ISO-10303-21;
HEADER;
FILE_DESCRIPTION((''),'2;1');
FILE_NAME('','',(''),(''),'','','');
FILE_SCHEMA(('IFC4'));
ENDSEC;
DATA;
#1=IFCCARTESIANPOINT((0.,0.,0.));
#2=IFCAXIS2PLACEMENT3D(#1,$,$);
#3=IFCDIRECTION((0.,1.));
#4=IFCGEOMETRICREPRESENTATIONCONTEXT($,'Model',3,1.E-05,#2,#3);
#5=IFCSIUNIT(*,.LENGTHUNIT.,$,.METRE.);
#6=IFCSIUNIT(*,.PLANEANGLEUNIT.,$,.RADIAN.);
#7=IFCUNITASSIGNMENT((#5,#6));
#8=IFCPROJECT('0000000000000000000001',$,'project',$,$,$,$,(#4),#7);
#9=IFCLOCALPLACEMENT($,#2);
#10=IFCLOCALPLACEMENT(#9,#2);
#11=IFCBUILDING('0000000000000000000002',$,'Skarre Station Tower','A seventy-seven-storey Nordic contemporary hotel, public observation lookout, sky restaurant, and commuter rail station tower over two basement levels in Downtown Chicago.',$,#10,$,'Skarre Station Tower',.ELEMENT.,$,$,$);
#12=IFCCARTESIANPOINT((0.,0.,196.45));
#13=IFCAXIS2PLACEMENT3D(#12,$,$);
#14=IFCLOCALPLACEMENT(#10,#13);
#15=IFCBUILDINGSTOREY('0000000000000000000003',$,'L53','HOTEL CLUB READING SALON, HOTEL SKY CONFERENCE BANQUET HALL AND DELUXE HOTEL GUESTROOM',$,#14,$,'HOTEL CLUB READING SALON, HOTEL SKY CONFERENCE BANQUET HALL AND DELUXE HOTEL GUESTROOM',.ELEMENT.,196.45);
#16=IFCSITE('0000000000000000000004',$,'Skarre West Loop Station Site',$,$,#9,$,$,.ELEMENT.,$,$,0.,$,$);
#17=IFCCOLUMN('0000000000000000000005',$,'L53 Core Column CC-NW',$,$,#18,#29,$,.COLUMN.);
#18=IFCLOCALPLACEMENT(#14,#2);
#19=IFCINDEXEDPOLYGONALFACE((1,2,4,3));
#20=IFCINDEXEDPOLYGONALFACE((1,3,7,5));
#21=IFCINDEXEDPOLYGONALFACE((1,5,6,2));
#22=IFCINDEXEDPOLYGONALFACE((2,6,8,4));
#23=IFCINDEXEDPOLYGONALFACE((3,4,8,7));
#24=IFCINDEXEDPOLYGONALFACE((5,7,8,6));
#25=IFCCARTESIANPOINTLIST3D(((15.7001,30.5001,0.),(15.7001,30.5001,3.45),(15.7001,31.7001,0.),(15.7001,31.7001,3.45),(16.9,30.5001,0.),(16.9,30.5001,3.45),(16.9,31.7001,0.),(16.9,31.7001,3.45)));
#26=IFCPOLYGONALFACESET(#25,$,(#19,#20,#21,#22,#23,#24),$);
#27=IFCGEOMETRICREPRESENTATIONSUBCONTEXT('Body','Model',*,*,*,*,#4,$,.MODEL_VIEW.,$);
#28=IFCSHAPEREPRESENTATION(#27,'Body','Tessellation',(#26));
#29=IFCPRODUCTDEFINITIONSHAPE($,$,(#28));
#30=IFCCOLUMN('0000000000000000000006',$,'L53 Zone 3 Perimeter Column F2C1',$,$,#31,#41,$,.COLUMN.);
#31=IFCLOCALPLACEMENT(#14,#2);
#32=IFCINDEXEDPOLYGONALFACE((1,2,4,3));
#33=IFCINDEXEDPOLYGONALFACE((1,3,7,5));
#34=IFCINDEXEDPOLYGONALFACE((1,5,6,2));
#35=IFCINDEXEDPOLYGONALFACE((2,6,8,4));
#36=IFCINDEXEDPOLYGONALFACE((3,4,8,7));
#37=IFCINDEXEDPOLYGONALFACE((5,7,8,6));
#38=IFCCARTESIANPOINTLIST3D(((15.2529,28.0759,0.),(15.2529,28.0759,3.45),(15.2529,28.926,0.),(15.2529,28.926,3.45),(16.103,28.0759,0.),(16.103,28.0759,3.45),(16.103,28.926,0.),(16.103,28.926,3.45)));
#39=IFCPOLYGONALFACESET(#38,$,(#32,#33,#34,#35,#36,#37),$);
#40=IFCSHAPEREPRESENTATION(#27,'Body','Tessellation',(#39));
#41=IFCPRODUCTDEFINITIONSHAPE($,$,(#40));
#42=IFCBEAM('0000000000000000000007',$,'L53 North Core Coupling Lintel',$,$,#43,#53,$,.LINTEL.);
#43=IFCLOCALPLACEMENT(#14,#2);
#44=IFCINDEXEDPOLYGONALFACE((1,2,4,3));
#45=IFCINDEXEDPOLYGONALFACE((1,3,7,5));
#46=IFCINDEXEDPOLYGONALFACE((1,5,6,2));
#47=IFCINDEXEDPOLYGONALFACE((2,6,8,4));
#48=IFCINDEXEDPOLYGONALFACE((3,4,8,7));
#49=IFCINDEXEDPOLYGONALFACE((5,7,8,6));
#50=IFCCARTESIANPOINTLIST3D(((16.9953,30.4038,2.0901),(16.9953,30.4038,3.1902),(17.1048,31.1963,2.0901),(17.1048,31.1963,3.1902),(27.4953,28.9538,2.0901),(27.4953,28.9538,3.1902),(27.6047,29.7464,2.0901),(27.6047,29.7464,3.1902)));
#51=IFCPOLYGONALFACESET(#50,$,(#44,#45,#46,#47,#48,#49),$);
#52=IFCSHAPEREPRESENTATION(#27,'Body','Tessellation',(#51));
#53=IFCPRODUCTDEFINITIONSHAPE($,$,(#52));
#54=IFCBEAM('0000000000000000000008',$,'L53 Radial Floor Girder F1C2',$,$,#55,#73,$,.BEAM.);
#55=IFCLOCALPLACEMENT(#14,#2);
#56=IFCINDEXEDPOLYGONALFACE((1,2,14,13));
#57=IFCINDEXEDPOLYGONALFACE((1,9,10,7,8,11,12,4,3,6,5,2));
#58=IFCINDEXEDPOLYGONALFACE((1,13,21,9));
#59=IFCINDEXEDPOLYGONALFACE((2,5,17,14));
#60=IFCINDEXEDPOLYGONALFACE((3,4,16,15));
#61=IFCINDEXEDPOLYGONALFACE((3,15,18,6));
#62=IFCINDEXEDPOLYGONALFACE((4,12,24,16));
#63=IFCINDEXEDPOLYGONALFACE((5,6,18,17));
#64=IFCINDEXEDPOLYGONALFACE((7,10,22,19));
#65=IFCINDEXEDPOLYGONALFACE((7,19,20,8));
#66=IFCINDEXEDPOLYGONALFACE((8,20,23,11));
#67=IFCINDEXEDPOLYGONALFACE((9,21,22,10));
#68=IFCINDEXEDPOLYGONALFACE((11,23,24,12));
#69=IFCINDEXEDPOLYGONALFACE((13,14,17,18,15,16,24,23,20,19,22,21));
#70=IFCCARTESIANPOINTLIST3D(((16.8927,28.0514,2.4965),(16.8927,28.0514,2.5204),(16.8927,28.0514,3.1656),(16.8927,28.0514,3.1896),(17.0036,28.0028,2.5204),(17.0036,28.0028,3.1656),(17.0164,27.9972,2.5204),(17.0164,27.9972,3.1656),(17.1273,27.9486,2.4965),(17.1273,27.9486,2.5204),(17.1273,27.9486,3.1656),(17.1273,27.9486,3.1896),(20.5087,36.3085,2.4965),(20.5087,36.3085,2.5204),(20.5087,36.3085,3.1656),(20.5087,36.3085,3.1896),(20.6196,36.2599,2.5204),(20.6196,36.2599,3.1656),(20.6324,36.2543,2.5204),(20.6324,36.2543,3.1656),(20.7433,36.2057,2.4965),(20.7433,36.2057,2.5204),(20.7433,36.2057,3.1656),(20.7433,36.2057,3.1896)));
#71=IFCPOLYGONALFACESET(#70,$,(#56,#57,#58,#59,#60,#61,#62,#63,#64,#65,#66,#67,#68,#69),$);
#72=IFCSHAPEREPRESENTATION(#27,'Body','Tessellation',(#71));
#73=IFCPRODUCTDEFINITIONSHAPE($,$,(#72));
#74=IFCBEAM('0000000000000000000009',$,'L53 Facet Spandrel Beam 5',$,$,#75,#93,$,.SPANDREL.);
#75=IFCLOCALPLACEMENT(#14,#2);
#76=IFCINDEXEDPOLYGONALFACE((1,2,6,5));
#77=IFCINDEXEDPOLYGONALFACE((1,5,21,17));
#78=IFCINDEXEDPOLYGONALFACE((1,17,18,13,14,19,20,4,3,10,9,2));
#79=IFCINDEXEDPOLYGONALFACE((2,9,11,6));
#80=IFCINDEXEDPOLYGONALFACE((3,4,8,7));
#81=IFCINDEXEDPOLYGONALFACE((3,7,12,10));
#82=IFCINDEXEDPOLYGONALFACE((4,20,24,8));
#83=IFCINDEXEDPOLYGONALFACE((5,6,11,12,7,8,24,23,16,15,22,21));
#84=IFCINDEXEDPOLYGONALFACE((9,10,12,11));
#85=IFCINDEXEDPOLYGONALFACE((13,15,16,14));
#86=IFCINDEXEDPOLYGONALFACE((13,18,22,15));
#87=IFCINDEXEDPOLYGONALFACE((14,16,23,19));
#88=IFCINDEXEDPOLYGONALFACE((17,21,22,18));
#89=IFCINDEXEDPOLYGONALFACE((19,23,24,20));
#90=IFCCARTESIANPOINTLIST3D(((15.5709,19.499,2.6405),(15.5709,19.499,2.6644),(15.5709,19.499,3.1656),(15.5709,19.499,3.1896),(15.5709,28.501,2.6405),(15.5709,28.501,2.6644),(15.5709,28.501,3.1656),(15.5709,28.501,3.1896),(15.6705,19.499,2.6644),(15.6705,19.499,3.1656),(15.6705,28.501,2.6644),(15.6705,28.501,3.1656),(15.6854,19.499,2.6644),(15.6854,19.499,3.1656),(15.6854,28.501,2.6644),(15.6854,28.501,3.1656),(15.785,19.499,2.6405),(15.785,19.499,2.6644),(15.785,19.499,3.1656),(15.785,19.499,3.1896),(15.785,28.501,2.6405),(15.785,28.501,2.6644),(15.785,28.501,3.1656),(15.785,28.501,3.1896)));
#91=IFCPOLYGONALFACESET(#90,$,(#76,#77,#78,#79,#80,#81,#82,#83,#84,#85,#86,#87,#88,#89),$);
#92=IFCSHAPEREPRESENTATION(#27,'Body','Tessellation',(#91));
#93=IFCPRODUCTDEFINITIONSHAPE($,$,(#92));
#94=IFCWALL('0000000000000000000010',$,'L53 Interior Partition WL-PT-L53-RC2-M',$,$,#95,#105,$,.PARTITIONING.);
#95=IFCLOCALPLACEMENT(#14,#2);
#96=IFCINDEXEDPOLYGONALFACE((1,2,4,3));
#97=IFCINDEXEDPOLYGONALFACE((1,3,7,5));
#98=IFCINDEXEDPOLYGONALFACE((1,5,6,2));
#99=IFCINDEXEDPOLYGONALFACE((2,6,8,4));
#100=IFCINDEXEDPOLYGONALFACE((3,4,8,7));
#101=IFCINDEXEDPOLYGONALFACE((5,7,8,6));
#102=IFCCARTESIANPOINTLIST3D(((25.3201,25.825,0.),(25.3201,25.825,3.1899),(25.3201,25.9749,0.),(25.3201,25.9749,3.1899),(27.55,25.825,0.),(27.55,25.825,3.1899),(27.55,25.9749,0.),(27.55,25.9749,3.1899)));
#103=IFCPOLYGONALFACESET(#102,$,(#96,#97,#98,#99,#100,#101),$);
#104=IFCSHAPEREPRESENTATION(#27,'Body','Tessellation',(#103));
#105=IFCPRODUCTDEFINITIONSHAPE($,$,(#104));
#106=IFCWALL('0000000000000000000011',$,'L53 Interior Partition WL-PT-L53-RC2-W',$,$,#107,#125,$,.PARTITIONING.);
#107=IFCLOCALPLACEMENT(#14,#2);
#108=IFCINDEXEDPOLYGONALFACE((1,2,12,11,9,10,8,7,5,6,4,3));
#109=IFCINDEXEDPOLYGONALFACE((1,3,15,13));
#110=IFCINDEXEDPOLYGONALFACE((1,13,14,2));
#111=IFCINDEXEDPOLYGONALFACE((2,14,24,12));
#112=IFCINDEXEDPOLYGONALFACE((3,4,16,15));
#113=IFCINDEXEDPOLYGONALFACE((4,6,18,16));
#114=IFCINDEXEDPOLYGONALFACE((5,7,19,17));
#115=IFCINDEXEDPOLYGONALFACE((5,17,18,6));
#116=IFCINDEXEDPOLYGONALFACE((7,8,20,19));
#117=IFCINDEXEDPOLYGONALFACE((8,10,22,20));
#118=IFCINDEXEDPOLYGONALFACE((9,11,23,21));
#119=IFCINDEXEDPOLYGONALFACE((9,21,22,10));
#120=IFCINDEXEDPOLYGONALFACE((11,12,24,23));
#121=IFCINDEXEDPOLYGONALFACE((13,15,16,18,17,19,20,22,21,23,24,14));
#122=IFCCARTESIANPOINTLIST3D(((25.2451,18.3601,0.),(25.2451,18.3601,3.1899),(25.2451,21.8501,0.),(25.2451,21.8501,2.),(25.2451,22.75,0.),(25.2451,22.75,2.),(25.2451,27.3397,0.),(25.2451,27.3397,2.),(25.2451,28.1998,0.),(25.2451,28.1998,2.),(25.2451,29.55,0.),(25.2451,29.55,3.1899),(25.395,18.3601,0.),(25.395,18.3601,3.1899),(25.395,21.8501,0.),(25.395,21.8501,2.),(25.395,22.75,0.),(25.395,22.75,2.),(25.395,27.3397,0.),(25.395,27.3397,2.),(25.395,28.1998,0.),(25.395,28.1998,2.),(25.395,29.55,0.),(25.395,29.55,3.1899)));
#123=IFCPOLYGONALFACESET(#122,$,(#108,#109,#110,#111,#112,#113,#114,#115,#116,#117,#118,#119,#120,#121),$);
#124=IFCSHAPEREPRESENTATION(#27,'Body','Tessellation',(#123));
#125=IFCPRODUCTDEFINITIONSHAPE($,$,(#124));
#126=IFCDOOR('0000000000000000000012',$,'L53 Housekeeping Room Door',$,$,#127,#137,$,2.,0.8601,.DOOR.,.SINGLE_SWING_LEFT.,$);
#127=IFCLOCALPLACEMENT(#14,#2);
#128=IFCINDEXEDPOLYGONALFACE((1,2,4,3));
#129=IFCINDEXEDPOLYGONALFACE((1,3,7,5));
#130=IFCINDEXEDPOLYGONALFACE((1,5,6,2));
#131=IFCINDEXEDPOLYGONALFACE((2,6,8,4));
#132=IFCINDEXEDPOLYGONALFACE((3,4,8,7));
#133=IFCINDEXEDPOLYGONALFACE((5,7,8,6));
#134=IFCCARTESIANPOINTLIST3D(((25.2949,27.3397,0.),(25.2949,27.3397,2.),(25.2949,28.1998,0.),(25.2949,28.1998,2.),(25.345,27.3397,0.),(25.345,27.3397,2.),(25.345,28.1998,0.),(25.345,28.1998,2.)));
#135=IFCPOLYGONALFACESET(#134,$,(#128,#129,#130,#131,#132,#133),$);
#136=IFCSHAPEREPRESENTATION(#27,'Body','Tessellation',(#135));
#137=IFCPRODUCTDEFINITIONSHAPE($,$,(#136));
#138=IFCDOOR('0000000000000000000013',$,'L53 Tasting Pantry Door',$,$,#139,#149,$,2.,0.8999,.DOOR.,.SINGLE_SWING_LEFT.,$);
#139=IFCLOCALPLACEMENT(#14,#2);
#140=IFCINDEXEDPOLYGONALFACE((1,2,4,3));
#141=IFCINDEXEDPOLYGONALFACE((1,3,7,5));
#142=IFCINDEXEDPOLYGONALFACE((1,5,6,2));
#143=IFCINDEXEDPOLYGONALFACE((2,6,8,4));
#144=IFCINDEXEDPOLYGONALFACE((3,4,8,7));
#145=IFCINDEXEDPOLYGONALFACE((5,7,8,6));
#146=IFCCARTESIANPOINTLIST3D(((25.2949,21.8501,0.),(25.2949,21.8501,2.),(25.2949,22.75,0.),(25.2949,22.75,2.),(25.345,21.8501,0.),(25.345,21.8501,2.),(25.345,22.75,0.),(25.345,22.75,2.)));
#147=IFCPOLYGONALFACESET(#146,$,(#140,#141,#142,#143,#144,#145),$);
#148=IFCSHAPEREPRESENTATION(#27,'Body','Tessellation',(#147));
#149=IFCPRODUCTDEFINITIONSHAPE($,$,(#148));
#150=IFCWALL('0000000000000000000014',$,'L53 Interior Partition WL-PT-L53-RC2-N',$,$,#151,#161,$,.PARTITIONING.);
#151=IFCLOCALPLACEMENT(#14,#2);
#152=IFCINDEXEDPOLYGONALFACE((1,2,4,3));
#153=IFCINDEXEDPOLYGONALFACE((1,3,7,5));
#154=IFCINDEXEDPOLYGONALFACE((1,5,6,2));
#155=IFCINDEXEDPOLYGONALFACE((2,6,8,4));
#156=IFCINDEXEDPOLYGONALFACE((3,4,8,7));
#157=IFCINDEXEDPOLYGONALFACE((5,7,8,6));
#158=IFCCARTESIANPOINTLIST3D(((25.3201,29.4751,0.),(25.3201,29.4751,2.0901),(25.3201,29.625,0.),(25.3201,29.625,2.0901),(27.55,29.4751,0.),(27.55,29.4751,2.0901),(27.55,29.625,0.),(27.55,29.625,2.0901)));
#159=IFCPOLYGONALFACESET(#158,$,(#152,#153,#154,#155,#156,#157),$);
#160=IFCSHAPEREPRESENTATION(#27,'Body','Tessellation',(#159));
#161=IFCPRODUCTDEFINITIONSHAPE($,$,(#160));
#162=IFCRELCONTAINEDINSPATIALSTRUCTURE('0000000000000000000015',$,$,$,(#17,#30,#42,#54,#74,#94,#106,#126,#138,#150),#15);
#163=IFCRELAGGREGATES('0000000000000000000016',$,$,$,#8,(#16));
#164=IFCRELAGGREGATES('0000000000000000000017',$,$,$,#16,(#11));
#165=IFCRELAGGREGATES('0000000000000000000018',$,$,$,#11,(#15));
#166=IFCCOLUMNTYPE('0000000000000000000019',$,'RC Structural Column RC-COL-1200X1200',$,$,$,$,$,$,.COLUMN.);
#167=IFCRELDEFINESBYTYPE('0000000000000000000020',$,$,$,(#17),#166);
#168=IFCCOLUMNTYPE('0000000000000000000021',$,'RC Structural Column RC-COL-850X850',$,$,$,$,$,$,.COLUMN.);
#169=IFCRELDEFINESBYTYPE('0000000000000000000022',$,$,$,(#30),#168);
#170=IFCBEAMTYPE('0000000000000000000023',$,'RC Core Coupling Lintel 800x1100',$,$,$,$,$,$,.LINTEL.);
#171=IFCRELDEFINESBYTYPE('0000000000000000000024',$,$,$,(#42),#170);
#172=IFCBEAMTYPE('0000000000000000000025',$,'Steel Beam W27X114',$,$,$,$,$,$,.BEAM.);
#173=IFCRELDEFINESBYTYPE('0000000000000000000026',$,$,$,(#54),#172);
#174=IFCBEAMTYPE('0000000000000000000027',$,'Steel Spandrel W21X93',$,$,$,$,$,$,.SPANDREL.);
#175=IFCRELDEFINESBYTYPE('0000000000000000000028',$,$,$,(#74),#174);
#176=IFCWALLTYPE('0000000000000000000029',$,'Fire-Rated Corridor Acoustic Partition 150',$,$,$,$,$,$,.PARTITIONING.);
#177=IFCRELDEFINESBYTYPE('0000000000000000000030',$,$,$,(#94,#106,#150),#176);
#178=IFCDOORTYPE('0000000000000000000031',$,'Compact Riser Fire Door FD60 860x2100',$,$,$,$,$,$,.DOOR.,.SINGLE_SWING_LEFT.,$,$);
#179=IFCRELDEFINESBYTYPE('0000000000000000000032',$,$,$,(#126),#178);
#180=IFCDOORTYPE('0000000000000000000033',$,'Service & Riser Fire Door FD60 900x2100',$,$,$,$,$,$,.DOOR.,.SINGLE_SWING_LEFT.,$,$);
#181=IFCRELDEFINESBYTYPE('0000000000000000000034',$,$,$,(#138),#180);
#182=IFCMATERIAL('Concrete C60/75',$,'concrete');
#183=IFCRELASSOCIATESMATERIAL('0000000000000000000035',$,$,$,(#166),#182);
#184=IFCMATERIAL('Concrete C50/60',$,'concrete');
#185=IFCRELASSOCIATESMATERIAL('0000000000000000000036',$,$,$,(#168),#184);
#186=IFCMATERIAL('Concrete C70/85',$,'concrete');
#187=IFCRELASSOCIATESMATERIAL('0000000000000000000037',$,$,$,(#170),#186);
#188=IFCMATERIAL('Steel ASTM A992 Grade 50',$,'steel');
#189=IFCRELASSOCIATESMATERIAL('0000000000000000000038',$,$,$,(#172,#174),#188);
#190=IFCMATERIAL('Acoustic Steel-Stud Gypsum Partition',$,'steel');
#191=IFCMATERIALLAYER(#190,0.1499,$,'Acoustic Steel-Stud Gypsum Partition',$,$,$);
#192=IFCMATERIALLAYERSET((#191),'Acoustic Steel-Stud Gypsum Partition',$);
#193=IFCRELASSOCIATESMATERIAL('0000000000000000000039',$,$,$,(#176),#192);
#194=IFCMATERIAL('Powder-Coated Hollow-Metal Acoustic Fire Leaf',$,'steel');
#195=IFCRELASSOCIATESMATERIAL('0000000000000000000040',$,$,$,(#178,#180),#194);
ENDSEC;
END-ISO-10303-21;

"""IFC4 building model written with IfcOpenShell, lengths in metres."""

from ifc_helpers import new_model, si_unit, direction, frame, frame_2d, origin, origin_2d, place, context, subcontext, project, spatial, rectangle, i_section, extrude, material, layer, layer_set, material_profile, profile_set, type_object, element, fill, save


model = new_model("IFC4")

# Units and contexts
model_context = context("Model", 3, precision=1e-05, world=origin(), true_north=direction((0.0, 1.0)))
body_context = subcontext(model_context, "Body", "Model", "MODEL_VIEW")
ifc_project = project(units=[si_unit("LENGTHUNIT", "METRE"), si_unit("PLANEANGLEUNIT", "RADIAN")], contexts=[model_context])

# Site, building, storey
site_placement = place(None, origin())
site = spatial("IfcSite", under=ifc_project, at=site_placement, Name="Skarre West Loop Station Site", CompositionType="ELEMENT", RefElevation=0.0)
building_placement = place(site_placement, origin())
building = spatial("IfcBuilding", under=site, at=building_placement, Name="Skarre Station Tower", Description="A seventy-seven-storey Nordic contemporary hotel, public observation lookout, sky restaurant, and commuter rail station tower over two basement levels in Downtown Chicago.", LongName="Skarre Station Tower", CompositionType="ELEMENT")
storey_placement = place(building_placement, frame((0.0, 0.0, 196.45)))
storey = spatial("IfcBuildingStorey", under=building, at=storey_placement, Name="L53", Description="HOTEL CLUB READING SALON, HOTEL SKY CONFERENCE BANQUET HALL AND DELUXE HOTEL GUESTROOM", LongName="HOTEL CLUB READING SALON, HOTEL SKY CONFERENCE BANQUET HALL AND DELUXE HOTEL GUESTROOM", CompositionType="ELEMENT", Elevation=196.45)

# Columns
ifc_material_1 = material(Name="Concrete C60/75", Category="concrete")
ifc_material_profile_1 = material_profile(ifc_material_1, rectangle(XDim=1.2, YDim=1.2, at=origin_2d()), Name="Concrete C60/75")
ifc_profile_set_1 = profile_set([ifc_material_profile_1], Name="Concrete C60/75")
column_type_1 = type_object("IfcColumnType", Name="RC Structural Column RC-COL-1200X1200", PredefinedType="COLUMN", material=ifc_profile_set_1)
column_1_placement = place(storey_placement, frame((16.3, 31.1001, 0.0), z_axis=(0.0, 0.0, 1.0), x_axis=(1.0, 0.0, 0.0)))
element("IfcColumn", 1, at=column_1_placement, inside=storey, type_object=column_type_1, Name="L53 Core Column CC-NW", PredefinedType="COLUMN", context=body_context, shape_type="SweptSolid", body=[
    extrude(rectangle(XDim=1.2, YDim=1.2, at=origin_2d()), origin(), (0.0, 0.0, 1.0), 3.45),
])
ifc_material_2 = material(Name="Concrete C50/60", Category="concrete")
ifc_material_profile_2 = material_profile(ifc_material_2, rectangle(XDim=0.8501, YDim=0.8501, at=origin_2d()), Name="Concrete C50/60")
ifc_profile_set_2 = profile_set([ifc_material_profile_2], Name="Concrete C50/60")
column_type_2 = type_object("IfcColumnType", Name="RC Structural Column RC-COL-850X850", PredefinedType="COLUMN", material=ifc_profile_set_2)
column_2_placement = place(storey_placement, frame((15.678, 28.501, 0.0), z_axis=(0.0, 0.0, 1.0), x_axis=(1.0, 0.0, 0.0)))
element("IfcColumn", 2, at=column_2_placement, inside=storey, type_object=column_type_2, Name="L53 Zone 3 Perimeter Column F2C1", PredefinedType="COLUMN", context=body_context, shape_type="SweptSolid", body=[
    extrude(rectangle(XDim=0.8501, YDim=0.8501, at=origin_2d()), origin(), (0.0, 0.0, 1.0), 3.45),
])

# Beams
ifc_material_3 = material(Name="Concrete C70/85", Category="concrete")
ifc_material_profile_3 = material_profile(ifc_material_3, rectangle(XDim=0.8, YDim=1.1001, at=origin_2d()), Name="Concrete C70/85")
ifc_profile_set_3 = profile_set([ifc_material_profile_3], Name="Concrete C70/85")
beam_type_1 = type_object("IfcBeamType", Name="RC Core Coupling Lintel 800x1100", PredefinedType="LINTEL", material=ifc_profile_set_3)
beam_1_placement = place(storey_placement, frame((17.05, 30.8, 2.6401), z_axis=(0.9906, -0.136792, 0.0), x_axis=(0.136792, 0.9906, 0.0)))
element("IfcBeam", 3, at=beam_1_placement, inside=storey, type_object=beam_type_1, Name="L53 North Core Coupling Lintel", PredefinedType="LINTEL", context=body_context, shape_type="SweptSolid", body=[
    extrude(rectangle(XDim=0.8, YDim=1.1001, at=origin_2d()), origin(), (0.0, 0.0, 1.0), 10.5996),
])
ifc_material_4 = material(Name="Steel ASTM A992 Grade 50", Category="steel")
ifc_material_profile_4 = material_profile(ifc_material_4, i_section(OverallWidth=0.2561, OverallDepth=0.6931, WebThickness=0.0139, FlangeThickness=0.0239, at=origin_2d()), Name="Steel ASTM A992 Grade 50")
ifc_profile_set_4 = profile_set([ifc_material_profile_4], Name="Steel ASTM A992 Grade 50")
beam_type_2 = type_object("IfcBeamType", Name="Steel Beam W27X114", PredefinedType="BEAM", material=ifc_profile_set_4)
beam_2_placement = place(storey_placement, frame((17.01, 28.0, 2.843), z_axis=(0.401144, 0.916015, 0.0), x_axis=(-0.916015, 0.401144, 0.0)))
element("IfcBeam", 4, at=beam_2_placement, inside=storey, type_object=beam_type_2, Name="L53 Radial Floor Girder F1C2", PredefinedType="BEAM", context=body_context, shape_type="SweptSolid", body=[
    extrude(i_section(OverallWidth=0.2561, OverallDepth=0.6931, WebThickness=0.0139, FlangeThickness=0.0239, at=origin_2d()), origin(), (0.0, 0.0, 1.0), 9.0142),
])
ifc_material_profile_5 = material_profile(ifc_material_4, i_section(OverallWidth=0.2141, OverallDepth=0.5491, WebThickness=0.0149, FlangeThickness=0.0239, at=origin_2d()), Name="Steel ASTM A992 Grade 50")
ifc_profile_set_5 = profile_set([ifc_material_profile_5], Name="Steel ASTM A992 Grade 50")
beam_type_3 = type_object("IfcBeamType", Name="Steel Spandrel W21X93", PredefinedType="SPANDREL", material=ifc_profile_set_5)
beam_3_placement = place(storey_placement, frame((15.678, 28.501, 2.915), z_axis=(0.0, -1.0, 0.0), x_axis=(1.0, 0.0, 0.0)))
element("IfcBeam", 5, at=beam_3_placement, inside=storey, type_object=beam_type_3, Name="L53 Facet Spandrel Beam 5", PredefinedType="SPANDREL", context=body_context, shape_type="SweptSolid", body=[
    extrude(i_section(OverallWidth=0.2141, OverallDepth=0.5491, WebThickness=0.0149, FlangeThickness=0.0239, at=origin_2d()), origin(), (0.0, 0.0, 1.0), 9.002),
])

# Wall
ifc_material_5 = material(Name="Acoustic Steel-Stud Gypsum Partition", Category="steel")
ifc_layer_1 = layer(ifc_material_5, 0.1499, Name="Acoustic Steel-Stud Gypsum Partition")
ifc_layer_set_1 = layer_set([ifc_layer_1], Name="Acoustic Steel-Stud Gypsum Partition")
wall_type_1 = type_object("IfcWallType", Name="Fire-Rated Corridor Acoustic Partition 150", PredefinedType="PARTITIONING", material=ifc_layer_set_1)
wall_1_placement = place(storey_placement, frame((25.3201, 25.8999, 0.0), z_axis=(0.0, 0.0, 1.0), x_axis=(1.0, 0.0, 0.0)))
element("IfcWall", 6, at=wall_1_placement, inside=storey, type_object=wall_type_1, Name="L53 Interior Partition WL-PT-L53-RC2-M", PredefinedType="PARTITIONING", context=body_context, shape_type="SweptSolid", body=[
    extrude(rectangle(XDim=2.23, YDim=0.1499, at=frame_2d((1.115, 0.0))), origin(), (0.0, 0.0, 1.0), 3.1899),
])

# Wall, openings, doors
wall_2_placement = place(storey_placement, frame((25.3201, 29.55, 0.0), z_axis=(0.0, 0.0, 1.0), x_axis=(0.0, -1.0, 0.0)))
wall_2 = element("IfcWall", 7, at=wall_2_placement, inside=storey, type_object=wall_type_1, Name="L53 Interior Partition WL-PT-L53-RC2-W", PredefinedType="PARTITIONING", context=body_context, shape_type="SweptSolid", body=[
    extrude(rectangle(XDim=11.1899, YDim=0.1499, at=frame_2d((5.595, 0.0))), origin(), (0.0, 0.0, 1.0), 3.1899),
])
opening_1_placement = place(wall_2_placement, frame((1.3501, 0.0, 0.0)))
opening_1 = element("IfcOpeningElement", 8, at=opening_1_placement, cuts=wall_2, PredefinedType="OPENING", context=body_context, shape_type="SweptSolid", body=[
    extrude(rectangle(XDim=0.8601, YDim=2.0, at=frame_2d((0.4302, 1.0))), frame((0.0, 0.085, 0.0), z_axis=(0.0, -1.0, 0.0), x_axis=(1.0, 0.0, 0.0)), (0.0, 0.0, 1.0), 0.1699),
])
opening_2_placement = place(wall_2_placement, frame((6.8, 0.0, 0.0)))
opening_2 = element("IfcOpeningElement", 9, at=opening_2_placement, cuts=wall_2, PredefinedType="OPENING", context=body_context, shape_type="SweptSolid", body=[
    extrude(rectangle(XDim=0.8999, YDim=2.0, at=frame_2d((0.45, 1.0))), frame((0.0, 0.085, 0.0), z_axis=(0.0, -1.0, 0.0), x_axis=(1.0, 0.0, 0.0)), (0.0, 0.0, 1.0), 0.1699),
])
ifc_material_6 = material(Name="Powder-Coated Hollow-Metal Acoustic Fire Leaf", Category="steel")
door_type_1 = type_object("IfcDoorType", Name="Compact Riser Fire Door FD60 860x2100", OperationType="SINGLE_SWING_LEFT", PredefinedType="DOOR", material=ifc_material_6)
door_1_placement = place(opening_1_placement, origin())
door_1 = element("IfcDoor", 10, at=door_1_placement, inside=storey, type_object=door_type_1, Name="L53 Housekeeping Room Door", OperationType="SINGLE_SWING_LEFT", OverallHeight=2.0, OverallWidth=0.8601, PredefinedType="DOOR", context=body_context, shape_type="SweptSolid", body=[
    extrude(rectangle(XDim=0.8601, YDim=2.0, at=frame_2d((0.4302, 1.0))), frame((0.0, 0.0249, 0.0), z_axis=(0.0, -1.0, 0.0), x_axis=(1.0, 0.0, 0.0)), (0.0, 0.0, 1.0), 0.05),
])
fill(opening_1, door_1)
door_type_2 = type_object("IfcDoorType", Name="Service & Riser Fire Door FD60 900x2100", OperationType="SINGLE_SWING_LEFT", PredefinedType="DOOR", material=ifc_material_6)
door_2_placement = place(opening_2_placement, origin())
door_2 = element("IfcDoor", 11, at=door_2_placement, inside=storey, type_object=door_type_2, Name="L53 Tasting Pantry Door", OperationType="SINGLE_SWING_LEFT", OverallHeight=2.0, OverallWidth=0.8999, PredefinedType="DOOR", context=body_context, shape_type="SweptSolid", body=[
    extrude(rectangle(XDim=0.8999, YDim=2.0, at=frame_2d((0.45, 1.0))), frame((0.0, 0.0249, 0.0), z_axis=(0.0, -1.0, 0.0), x_axis=(1.0, 0.0, 0.0)), (0.0, 0.0, 1.0), 0.05),
])
fill(opening_2, door_2)

# Wall
wall_3_placement = place(storey_placement, frame((27.55, 29.55, 0.0), z_axis=(0.0, 0.0, 1.0), x_axis=(-1.0, 0.0, 0.0)))
element("IfcWall", 12, at=wall_3_placement, inside=storey, type_object=wall_type_1, Name="L53 Interior Partition WL-PT-L53-RC2-N", PredefinedType="PARTITIONING", context=body_context, shape_type="SweptSolid", body=[
    extrude(rectangle(XDim=2.23, YDim=0.1499, at=frame_2d((1.115, 0.0))), origin(), (0.0, 0.0, 1.0), 2.0901),
])

save(model, "model.ifc")
